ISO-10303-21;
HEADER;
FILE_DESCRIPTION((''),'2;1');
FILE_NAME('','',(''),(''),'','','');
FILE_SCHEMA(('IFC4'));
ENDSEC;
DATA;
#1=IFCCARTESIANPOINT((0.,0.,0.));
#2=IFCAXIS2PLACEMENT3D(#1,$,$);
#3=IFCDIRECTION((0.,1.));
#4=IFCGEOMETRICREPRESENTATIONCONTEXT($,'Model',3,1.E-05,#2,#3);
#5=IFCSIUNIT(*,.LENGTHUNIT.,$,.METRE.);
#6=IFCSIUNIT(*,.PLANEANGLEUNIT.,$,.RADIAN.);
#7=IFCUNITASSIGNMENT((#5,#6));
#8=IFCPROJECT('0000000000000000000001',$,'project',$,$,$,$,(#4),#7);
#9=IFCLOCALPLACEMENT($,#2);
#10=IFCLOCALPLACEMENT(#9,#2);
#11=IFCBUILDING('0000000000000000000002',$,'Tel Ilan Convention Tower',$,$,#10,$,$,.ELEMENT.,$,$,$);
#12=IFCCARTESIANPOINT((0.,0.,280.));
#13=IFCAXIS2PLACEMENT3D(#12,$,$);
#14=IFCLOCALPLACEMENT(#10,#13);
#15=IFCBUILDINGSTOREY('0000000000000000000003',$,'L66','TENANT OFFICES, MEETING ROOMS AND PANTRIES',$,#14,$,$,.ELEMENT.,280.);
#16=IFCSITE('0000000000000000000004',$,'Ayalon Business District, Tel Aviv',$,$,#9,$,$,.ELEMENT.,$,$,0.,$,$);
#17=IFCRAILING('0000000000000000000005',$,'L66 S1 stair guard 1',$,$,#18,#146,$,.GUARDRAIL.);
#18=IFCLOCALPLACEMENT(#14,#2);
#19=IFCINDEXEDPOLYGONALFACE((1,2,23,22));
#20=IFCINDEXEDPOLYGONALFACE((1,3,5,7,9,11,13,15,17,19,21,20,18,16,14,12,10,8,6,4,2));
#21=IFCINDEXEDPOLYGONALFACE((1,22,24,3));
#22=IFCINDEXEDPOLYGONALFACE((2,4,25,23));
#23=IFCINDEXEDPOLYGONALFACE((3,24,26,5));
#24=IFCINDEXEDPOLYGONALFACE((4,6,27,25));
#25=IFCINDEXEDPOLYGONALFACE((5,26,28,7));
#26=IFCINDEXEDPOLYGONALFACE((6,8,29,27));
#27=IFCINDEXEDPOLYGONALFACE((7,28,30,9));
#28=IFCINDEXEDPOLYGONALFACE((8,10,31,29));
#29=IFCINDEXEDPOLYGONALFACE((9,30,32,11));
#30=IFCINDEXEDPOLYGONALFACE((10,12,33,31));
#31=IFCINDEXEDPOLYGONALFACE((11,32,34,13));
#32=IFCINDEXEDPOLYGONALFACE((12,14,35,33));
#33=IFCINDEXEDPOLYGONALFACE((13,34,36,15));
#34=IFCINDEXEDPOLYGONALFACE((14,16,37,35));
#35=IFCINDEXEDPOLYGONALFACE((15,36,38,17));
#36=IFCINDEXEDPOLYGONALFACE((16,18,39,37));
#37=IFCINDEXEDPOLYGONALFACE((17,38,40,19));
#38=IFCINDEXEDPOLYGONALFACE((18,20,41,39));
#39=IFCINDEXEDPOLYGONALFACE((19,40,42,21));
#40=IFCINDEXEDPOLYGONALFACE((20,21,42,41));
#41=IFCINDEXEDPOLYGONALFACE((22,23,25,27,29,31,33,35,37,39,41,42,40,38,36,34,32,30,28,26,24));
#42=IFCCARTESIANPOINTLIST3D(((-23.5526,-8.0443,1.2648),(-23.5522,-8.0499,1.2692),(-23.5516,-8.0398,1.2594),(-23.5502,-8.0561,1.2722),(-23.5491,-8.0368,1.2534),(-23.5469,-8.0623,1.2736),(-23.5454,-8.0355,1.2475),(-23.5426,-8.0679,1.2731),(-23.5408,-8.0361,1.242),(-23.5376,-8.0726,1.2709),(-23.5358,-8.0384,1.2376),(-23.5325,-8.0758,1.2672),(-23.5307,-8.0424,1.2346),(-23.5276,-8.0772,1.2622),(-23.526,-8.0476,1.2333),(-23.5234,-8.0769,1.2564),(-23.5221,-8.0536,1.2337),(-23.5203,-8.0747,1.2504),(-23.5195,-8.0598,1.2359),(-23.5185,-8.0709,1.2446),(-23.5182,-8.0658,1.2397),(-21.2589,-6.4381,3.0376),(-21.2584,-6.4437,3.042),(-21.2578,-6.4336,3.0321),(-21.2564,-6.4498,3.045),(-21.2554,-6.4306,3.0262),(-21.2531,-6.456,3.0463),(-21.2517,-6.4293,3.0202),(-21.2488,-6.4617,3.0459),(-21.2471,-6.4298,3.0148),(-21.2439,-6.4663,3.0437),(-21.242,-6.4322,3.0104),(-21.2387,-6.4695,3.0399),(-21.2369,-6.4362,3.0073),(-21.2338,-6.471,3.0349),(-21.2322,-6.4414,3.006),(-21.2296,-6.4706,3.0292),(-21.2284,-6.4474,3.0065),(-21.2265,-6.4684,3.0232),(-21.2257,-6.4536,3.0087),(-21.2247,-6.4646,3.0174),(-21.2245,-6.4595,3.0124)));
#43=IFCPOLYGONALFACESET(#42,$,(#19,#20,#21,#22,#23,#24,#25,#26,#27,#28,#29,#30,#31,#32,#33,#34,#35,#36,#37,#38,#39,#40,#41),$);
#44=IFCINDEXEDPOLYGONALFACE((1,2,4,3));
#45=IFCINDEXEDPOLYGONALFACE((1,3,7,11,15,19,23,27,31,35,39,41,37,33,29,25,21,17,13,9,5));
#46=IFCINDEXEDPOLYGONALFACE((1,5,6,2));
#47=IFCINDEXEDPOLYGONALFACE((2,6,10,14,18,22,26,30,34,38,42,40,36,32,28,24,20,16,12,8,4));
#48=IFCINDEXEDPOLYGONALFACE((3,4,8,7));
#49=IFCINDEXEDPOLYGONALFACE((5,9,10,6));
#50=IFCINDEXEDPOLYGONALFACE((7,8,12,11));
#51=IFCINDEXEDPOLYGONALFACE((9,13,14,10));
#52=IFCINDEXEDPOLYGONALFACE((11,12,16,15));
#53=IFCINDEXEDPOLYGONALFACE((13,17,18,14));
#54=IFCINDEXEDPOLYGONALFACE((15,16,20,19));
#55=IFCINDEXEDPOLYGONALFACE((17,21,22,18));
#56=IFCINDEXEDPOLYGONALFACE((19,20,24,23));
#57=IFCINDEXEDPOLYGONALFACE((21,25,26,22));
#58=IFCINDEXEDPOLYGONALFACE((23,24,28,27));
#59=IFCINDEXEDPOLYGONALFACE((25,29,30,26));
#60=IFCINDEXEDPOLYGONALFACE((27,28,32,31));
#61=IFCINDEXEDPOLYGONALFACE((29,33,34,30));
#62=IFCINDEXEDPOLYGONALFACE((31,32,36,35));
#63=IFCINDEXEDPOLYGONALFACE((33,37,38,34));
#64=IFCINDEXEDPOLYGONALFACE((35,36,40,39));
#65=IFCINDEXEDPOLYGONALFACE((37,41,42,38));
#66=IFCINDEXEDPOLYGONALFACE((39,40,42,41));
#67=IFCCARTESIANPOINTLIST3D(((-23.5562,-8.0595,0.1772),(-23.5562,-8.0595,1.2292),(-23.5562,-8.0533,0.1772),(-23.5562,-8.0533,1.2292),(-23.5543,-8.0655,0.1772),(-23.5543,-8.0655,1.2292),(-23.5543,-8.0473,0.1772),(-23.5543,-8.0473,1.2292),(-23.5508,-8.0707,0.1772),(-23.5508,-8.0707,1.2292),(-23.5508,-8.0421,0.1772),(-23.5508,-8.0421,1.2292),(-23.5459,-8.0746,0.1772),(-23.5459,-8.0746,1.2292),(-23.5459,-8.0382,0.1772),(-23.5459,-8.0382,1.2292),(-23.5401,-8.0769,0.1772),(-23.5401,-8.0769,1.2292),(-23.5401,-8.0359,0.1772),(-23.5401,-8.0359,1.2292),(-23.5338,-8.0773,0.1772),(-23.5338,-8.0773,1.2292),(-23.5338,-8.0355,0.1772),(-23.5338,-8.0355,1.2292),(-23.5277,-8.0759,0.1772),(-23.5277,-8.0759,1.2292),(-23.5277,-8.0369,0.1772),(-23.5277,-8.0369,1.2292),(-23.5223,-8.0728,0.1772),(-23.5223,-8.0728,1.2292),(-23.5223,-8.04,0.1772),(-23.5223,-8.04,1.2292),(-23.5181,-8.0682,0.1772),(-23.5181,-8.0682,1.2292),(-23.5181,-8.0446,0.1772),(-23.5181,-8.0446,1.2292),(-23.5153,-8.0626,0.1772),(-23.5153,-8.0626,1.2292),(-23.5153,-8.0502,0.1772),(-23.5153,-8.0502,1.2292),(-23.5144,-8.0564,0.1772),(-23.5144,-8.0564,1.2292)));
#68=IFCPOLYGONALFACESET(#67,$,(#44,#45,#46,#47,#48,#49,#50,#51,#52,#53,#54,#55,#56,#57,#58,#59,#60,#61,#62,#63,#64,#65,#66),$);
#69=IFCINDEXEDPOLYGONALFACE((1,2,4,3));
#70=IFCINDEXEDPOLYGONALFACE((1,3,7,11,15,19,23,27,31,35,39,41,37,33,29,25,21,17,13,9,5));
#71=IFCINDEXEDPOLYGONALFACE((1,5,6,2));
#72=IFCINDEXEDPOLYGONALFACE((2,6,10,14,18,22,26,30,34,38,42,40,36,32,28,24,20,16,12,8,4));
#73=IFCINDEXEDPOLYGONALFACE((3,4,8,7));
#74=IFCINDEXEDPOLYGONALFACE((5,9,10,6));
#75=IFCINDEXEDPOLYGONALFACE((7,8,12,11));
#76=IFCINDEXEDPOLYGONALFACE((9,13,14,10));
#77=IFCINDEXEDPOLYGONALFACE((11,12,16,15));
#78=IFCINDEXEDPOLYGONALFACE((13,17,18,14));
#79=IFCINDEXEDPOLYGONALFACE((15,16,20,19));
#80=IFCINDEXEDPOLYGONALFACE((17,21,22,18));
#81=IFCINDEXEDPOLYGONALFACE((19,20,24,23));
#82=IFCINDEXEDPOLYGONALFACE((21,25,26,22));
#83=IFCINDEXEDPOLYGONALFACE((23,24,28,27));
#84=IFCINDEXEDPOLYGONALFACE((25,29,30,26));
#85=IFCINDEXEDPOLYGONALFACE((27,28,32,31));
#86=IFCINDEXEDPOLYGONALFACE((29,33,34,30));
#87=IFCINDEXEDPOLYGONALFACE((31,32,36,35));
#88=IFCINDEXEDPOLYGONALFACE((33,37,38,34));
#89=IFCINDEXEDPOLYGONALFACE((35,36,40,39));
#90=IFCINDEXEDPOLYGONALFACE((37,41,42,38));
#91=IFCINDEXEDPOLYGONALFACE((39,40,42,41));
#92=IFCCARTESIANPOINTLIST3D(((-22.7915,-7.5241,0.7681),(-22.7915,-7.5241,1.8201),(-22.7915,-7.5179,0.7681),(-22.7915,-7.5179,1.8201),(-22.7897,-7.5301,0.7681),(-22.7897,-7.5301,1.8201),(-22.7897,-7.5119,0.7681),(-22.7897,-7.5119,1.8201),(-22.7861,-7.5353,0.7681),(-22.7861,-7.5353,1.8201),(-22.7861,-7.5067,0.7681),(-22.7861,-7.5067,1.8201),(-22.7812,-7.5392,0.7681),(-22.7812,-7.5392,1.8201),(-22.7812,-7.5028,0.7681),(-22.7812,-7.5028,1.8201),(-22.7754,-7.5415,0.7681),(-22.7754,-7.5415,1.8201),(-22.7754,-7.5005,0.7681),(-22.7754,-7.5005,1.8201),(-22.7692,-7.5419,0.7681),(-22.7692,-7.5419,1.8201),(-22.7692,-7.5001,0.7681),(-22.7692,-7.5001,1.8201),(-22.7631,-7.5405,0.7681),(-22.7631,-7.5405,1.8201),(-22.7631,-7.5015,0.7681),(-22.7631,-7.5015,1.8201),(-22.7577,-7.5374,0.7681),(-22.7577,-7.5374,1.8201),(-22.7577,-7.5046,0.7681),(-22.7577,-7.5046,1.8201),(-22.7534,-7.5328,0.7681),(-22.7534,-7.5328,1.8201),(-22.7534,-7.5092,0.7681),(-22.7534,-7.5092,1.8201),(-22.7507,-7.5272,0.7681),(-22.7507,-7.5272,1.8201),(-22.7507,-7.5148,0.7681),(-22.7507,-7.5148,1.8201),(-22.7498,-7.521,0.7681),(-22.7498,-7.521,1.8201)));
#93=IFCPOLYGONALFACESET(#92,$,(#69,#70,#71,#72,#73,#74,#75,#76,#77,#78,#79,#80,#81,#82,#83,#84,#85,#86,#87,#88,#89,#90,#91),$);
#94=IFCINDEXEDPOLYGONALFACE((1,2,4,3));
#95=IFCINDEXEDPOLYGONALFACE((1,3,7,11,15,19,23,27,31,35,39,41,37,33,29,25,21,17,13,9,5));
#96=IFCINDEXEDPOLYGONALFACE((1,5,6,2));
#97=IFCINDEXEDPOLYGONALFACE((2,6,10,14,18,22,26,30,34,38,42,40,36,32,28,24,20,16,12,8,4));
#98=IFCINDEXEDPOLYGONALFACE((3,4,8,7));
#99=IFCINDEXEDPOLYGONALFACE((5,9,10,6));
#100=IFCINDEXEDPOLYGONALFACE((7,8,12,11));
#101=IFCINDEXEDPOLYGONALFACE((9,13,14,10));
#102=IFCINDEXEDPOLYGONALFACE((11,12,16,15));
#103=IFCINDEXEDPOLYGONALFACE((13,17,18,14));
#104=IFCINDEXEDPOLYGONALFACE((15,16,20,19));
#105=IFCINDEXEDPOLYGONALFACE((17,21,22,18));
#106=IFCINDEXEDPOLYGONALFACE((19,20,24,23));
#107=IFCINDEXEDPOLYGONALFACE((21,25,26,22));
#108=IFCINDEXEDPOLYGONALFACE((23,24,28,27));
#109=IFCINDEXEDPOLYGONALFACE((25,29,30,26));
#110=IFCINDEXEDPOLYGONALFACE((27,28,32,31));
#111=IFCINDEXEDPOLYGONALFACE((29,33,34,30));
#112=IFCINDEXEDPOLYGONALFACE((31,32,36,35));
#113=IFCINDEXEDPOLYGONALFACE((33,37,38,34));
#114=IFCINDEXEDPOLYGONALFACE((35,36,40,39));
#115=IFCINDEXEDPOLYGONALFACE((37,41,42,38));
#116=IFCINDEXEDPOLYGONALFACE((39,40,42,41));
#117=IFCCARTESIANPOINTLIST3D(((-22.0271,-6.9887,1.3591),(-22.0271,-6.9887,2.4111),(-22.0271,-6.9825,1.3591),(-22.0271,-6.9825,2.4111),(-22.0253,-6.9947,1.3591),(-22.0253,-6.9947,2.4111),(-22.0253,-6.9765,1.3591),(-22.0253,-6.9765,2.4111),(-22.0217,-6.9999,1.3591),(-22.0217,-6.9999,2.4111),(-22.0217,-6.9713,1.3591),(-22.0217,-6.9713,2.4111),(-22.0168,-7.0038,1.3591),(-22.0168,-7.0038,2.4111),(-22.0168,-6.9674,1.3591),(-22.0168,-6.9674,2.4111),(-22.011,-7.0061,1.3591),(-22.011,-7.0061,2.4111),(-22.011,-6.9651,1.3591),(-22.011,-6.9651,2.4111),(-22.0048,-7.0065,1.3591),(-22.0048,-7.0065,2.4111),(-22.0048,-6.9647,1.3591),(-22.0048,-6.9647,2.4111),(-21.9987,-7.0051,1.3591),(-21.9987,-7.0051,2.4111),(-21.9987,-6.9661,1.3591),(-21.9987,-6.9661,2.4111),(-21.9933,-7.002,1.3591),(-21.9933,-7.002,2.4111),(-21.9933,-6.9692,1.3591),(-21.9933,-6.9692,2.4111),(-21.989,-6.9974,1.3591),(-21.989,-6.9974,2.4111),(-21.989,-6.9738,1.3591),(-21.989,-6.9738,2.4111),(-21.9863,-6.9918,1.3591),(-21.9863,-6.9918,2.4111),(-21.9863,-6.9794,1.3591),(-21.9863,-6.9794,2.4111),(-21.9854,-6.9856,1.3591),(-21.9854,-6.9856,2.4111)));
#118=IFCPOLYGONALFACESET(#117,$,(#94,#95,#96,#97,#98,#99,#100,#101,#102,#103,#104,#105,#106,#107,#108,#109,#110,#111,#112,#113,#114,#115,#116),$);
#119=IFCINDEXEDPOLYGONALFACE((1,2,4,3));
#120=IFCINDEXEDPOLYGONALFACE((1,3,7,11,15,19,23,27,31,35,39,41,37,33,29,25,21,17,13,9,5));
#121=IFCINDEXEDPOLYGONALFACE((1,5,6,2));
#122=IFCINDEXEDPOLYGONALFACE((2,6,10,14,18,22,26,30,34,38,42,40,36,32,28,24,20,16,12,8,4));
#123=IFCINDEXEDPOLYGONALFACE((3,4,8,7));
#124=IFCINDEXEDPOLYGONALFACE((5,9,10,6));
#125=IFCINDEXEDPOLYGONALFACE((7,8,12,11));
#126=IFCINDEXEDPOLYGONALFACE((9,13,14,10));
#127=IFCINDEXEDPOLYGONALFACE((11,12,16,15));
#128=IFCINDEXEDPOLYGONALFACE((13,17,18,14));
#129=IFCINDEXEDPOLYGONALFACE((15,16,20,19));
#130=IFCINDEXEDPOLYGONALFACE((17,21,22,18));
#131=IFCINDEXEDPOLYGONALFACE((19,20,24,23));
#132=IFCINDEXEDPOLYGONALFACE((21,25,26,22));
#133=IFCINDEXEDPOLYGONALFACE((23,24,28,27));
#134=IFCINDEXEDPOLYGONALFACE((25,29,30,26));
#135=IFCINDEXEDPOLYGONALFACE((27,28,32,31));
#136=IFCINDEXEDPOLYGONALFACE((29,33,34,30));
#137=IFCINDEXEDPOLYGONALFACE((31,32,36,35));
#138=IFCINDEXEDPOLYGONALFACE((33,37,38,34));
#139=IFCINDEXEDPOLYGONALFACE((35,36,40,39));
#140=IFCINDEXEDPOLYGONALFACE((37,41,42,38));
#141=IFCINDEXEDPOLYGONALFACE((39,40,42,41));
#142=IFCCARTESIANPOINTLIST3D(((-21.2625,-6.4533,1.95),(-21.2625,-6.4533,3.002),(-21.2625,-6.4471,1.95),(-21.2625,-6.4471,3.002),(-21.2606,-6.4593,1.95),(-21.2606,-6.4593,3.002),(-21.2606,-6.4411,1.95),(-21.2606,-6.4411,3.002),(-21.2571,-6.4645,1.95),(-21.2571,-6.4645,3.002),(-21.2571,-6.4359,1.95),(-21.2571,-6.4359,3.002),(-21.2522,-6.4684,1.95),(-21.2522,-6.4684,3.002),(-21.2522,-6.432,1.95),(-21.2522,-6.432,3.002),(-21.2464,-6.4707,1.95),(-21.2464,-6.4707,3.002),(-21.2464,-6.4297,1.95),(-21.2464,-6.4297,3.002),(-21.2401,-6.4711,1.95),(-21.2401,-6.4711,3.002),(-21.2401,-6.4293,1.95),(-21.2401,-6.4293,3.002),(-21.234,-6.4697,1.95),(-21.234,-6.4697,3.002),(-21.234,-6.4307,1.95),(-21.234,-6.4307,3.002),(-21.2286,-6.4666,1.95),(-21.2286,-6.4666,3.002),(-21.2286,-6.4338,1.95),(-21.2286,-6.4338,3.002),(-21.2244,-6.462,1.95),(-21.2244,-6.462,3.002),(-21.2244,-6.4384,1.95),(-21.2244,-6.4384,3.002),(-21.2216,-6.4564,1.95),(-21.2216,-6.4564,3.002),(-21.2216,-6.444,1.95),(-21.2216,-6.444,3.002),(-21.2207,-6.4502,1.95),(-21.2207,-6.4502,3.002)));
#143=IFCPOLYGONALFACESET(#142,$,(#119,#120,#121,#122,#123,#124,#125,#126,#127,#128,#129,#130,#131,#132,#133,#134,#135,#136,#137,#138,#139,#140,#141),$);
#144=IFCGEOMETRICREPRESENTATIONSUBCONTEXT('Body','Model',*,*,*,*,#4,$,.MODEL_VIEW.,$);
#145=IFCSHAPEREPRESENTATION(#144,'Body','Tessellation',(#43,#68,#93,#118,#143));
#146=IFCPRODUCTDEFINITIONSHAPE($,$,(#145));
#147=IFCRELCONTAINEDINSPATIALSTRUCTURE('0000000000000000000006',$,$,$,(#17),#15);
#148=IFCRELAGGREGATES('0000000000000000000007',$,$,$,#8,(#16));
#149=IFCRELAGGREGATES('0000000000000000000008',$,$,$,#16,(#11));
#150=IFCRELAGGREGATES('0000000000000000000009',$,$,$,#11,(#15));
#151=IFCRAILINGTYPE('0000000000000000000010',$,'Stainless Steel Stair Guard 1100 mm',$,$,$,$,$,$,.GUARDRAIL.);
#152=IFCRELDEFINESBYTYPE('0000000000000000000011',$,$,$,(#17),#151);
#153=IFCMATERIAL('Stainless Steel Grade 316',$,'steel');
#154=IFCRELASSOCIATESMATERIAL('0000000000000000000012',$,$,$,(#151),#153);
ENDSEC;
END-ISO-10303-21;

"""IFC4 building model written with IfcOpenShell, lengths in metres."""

from ifc_helpers import new_model, si_unit, direction, frame, origin, origin_2d, place, context, subcontext, project, spatial, circle, extrude, material, type_object, element, save


model = new_model("IFC4")

# Units and contexts
model_context = context("Model", 3, precision=1e-05, world=origin(), true_north=direction((0.0, 1.0)))
body_context = subcontext(model_context, "Body", "Model", "MODEL_VIEW")
ifc_project = project(units=[si_unit("LENGTHUNIT", "METRE"), si_unit("PLANEANGLEUNIT", "RADIAN")], contexts=[model_context])

# Site, building, storey
site_placement = place(None, origin())
site = spatial("IfcSite", under=ifc_project, at=site_placement, Name="Ayalon Business District, Tel Aviv", CompositionType="ELEMENT", RefElevation=0.0)
building_placement = place(site_placement, origin())
building = spatial("IfcBuilding", under=site, at=building_placement, Name="Tel Ilan Convention Tower", CompositionType="ELEMENT")
storey_placement = place(building_placement, frame((0.0, 0.0, 280.0)))
storey = spatial("IfcBuildingStorey", under=building, at=storey_placement, Name="L66", Description="TENANT OFFICES, MEETING ROOMS AND PANTRIES", CompositionType="ELEMENT", Elevation=280.0)

# Railing
ifc_material_1 = material(Name="Stainless Steel Grade 316", Category="steel")
railing_type_1 = type_object("IfcRailingType", Name="Stainless Steel Stair Guard 1100 mm", PredefinedType="GUARDRAIL", material=ifc_material_1)
railing_1_placement = place(storey_placement, frame((-23.5354, -8.0564, 0.1772)))
element("IfcRailing", 1, at=railing_1_placement, inside=storey, type_object=railing_type_1, Name="L66 S1 stair guard 1", PredefinedType="GUARDRAIL", context=body_context, shape_type="SweptSolid", body=[
    extrude(circle(Radius=0.0239, at=origin_2d()), frame((0.0, 0.0, 1.0762), z_axis=(0.692098, 0.484653, 0.534894), x_axis=(-0.573609, 0.81913, 0.0)), (0.0, 0.0, 1.0), 3.3142),
    extrude(circle(Radius=0.021, at=origin_2d()), origin(), (0.0, 0.0, 1.0), 1.052),
    extrude(circle(Radius=0.021, at=origin_2d()), frame((0.7646, 0.5354, 0.5908)), (0.0, 0.0, 1.0), 1.052),
    extrude(circle(Radius=0.021, at=origin_2d()), frame((1.5291, 1.0708, 1.1819)), (0.0, 0.0, 1.0), 1.052),
    extrude(circle(Radius=0.021, at=origin_2d()), frame((2.2937, 1.6062, 1.7727)), (0.0, 0.0, 1.0), 1.052),
])

save(model, "model.ifc")
